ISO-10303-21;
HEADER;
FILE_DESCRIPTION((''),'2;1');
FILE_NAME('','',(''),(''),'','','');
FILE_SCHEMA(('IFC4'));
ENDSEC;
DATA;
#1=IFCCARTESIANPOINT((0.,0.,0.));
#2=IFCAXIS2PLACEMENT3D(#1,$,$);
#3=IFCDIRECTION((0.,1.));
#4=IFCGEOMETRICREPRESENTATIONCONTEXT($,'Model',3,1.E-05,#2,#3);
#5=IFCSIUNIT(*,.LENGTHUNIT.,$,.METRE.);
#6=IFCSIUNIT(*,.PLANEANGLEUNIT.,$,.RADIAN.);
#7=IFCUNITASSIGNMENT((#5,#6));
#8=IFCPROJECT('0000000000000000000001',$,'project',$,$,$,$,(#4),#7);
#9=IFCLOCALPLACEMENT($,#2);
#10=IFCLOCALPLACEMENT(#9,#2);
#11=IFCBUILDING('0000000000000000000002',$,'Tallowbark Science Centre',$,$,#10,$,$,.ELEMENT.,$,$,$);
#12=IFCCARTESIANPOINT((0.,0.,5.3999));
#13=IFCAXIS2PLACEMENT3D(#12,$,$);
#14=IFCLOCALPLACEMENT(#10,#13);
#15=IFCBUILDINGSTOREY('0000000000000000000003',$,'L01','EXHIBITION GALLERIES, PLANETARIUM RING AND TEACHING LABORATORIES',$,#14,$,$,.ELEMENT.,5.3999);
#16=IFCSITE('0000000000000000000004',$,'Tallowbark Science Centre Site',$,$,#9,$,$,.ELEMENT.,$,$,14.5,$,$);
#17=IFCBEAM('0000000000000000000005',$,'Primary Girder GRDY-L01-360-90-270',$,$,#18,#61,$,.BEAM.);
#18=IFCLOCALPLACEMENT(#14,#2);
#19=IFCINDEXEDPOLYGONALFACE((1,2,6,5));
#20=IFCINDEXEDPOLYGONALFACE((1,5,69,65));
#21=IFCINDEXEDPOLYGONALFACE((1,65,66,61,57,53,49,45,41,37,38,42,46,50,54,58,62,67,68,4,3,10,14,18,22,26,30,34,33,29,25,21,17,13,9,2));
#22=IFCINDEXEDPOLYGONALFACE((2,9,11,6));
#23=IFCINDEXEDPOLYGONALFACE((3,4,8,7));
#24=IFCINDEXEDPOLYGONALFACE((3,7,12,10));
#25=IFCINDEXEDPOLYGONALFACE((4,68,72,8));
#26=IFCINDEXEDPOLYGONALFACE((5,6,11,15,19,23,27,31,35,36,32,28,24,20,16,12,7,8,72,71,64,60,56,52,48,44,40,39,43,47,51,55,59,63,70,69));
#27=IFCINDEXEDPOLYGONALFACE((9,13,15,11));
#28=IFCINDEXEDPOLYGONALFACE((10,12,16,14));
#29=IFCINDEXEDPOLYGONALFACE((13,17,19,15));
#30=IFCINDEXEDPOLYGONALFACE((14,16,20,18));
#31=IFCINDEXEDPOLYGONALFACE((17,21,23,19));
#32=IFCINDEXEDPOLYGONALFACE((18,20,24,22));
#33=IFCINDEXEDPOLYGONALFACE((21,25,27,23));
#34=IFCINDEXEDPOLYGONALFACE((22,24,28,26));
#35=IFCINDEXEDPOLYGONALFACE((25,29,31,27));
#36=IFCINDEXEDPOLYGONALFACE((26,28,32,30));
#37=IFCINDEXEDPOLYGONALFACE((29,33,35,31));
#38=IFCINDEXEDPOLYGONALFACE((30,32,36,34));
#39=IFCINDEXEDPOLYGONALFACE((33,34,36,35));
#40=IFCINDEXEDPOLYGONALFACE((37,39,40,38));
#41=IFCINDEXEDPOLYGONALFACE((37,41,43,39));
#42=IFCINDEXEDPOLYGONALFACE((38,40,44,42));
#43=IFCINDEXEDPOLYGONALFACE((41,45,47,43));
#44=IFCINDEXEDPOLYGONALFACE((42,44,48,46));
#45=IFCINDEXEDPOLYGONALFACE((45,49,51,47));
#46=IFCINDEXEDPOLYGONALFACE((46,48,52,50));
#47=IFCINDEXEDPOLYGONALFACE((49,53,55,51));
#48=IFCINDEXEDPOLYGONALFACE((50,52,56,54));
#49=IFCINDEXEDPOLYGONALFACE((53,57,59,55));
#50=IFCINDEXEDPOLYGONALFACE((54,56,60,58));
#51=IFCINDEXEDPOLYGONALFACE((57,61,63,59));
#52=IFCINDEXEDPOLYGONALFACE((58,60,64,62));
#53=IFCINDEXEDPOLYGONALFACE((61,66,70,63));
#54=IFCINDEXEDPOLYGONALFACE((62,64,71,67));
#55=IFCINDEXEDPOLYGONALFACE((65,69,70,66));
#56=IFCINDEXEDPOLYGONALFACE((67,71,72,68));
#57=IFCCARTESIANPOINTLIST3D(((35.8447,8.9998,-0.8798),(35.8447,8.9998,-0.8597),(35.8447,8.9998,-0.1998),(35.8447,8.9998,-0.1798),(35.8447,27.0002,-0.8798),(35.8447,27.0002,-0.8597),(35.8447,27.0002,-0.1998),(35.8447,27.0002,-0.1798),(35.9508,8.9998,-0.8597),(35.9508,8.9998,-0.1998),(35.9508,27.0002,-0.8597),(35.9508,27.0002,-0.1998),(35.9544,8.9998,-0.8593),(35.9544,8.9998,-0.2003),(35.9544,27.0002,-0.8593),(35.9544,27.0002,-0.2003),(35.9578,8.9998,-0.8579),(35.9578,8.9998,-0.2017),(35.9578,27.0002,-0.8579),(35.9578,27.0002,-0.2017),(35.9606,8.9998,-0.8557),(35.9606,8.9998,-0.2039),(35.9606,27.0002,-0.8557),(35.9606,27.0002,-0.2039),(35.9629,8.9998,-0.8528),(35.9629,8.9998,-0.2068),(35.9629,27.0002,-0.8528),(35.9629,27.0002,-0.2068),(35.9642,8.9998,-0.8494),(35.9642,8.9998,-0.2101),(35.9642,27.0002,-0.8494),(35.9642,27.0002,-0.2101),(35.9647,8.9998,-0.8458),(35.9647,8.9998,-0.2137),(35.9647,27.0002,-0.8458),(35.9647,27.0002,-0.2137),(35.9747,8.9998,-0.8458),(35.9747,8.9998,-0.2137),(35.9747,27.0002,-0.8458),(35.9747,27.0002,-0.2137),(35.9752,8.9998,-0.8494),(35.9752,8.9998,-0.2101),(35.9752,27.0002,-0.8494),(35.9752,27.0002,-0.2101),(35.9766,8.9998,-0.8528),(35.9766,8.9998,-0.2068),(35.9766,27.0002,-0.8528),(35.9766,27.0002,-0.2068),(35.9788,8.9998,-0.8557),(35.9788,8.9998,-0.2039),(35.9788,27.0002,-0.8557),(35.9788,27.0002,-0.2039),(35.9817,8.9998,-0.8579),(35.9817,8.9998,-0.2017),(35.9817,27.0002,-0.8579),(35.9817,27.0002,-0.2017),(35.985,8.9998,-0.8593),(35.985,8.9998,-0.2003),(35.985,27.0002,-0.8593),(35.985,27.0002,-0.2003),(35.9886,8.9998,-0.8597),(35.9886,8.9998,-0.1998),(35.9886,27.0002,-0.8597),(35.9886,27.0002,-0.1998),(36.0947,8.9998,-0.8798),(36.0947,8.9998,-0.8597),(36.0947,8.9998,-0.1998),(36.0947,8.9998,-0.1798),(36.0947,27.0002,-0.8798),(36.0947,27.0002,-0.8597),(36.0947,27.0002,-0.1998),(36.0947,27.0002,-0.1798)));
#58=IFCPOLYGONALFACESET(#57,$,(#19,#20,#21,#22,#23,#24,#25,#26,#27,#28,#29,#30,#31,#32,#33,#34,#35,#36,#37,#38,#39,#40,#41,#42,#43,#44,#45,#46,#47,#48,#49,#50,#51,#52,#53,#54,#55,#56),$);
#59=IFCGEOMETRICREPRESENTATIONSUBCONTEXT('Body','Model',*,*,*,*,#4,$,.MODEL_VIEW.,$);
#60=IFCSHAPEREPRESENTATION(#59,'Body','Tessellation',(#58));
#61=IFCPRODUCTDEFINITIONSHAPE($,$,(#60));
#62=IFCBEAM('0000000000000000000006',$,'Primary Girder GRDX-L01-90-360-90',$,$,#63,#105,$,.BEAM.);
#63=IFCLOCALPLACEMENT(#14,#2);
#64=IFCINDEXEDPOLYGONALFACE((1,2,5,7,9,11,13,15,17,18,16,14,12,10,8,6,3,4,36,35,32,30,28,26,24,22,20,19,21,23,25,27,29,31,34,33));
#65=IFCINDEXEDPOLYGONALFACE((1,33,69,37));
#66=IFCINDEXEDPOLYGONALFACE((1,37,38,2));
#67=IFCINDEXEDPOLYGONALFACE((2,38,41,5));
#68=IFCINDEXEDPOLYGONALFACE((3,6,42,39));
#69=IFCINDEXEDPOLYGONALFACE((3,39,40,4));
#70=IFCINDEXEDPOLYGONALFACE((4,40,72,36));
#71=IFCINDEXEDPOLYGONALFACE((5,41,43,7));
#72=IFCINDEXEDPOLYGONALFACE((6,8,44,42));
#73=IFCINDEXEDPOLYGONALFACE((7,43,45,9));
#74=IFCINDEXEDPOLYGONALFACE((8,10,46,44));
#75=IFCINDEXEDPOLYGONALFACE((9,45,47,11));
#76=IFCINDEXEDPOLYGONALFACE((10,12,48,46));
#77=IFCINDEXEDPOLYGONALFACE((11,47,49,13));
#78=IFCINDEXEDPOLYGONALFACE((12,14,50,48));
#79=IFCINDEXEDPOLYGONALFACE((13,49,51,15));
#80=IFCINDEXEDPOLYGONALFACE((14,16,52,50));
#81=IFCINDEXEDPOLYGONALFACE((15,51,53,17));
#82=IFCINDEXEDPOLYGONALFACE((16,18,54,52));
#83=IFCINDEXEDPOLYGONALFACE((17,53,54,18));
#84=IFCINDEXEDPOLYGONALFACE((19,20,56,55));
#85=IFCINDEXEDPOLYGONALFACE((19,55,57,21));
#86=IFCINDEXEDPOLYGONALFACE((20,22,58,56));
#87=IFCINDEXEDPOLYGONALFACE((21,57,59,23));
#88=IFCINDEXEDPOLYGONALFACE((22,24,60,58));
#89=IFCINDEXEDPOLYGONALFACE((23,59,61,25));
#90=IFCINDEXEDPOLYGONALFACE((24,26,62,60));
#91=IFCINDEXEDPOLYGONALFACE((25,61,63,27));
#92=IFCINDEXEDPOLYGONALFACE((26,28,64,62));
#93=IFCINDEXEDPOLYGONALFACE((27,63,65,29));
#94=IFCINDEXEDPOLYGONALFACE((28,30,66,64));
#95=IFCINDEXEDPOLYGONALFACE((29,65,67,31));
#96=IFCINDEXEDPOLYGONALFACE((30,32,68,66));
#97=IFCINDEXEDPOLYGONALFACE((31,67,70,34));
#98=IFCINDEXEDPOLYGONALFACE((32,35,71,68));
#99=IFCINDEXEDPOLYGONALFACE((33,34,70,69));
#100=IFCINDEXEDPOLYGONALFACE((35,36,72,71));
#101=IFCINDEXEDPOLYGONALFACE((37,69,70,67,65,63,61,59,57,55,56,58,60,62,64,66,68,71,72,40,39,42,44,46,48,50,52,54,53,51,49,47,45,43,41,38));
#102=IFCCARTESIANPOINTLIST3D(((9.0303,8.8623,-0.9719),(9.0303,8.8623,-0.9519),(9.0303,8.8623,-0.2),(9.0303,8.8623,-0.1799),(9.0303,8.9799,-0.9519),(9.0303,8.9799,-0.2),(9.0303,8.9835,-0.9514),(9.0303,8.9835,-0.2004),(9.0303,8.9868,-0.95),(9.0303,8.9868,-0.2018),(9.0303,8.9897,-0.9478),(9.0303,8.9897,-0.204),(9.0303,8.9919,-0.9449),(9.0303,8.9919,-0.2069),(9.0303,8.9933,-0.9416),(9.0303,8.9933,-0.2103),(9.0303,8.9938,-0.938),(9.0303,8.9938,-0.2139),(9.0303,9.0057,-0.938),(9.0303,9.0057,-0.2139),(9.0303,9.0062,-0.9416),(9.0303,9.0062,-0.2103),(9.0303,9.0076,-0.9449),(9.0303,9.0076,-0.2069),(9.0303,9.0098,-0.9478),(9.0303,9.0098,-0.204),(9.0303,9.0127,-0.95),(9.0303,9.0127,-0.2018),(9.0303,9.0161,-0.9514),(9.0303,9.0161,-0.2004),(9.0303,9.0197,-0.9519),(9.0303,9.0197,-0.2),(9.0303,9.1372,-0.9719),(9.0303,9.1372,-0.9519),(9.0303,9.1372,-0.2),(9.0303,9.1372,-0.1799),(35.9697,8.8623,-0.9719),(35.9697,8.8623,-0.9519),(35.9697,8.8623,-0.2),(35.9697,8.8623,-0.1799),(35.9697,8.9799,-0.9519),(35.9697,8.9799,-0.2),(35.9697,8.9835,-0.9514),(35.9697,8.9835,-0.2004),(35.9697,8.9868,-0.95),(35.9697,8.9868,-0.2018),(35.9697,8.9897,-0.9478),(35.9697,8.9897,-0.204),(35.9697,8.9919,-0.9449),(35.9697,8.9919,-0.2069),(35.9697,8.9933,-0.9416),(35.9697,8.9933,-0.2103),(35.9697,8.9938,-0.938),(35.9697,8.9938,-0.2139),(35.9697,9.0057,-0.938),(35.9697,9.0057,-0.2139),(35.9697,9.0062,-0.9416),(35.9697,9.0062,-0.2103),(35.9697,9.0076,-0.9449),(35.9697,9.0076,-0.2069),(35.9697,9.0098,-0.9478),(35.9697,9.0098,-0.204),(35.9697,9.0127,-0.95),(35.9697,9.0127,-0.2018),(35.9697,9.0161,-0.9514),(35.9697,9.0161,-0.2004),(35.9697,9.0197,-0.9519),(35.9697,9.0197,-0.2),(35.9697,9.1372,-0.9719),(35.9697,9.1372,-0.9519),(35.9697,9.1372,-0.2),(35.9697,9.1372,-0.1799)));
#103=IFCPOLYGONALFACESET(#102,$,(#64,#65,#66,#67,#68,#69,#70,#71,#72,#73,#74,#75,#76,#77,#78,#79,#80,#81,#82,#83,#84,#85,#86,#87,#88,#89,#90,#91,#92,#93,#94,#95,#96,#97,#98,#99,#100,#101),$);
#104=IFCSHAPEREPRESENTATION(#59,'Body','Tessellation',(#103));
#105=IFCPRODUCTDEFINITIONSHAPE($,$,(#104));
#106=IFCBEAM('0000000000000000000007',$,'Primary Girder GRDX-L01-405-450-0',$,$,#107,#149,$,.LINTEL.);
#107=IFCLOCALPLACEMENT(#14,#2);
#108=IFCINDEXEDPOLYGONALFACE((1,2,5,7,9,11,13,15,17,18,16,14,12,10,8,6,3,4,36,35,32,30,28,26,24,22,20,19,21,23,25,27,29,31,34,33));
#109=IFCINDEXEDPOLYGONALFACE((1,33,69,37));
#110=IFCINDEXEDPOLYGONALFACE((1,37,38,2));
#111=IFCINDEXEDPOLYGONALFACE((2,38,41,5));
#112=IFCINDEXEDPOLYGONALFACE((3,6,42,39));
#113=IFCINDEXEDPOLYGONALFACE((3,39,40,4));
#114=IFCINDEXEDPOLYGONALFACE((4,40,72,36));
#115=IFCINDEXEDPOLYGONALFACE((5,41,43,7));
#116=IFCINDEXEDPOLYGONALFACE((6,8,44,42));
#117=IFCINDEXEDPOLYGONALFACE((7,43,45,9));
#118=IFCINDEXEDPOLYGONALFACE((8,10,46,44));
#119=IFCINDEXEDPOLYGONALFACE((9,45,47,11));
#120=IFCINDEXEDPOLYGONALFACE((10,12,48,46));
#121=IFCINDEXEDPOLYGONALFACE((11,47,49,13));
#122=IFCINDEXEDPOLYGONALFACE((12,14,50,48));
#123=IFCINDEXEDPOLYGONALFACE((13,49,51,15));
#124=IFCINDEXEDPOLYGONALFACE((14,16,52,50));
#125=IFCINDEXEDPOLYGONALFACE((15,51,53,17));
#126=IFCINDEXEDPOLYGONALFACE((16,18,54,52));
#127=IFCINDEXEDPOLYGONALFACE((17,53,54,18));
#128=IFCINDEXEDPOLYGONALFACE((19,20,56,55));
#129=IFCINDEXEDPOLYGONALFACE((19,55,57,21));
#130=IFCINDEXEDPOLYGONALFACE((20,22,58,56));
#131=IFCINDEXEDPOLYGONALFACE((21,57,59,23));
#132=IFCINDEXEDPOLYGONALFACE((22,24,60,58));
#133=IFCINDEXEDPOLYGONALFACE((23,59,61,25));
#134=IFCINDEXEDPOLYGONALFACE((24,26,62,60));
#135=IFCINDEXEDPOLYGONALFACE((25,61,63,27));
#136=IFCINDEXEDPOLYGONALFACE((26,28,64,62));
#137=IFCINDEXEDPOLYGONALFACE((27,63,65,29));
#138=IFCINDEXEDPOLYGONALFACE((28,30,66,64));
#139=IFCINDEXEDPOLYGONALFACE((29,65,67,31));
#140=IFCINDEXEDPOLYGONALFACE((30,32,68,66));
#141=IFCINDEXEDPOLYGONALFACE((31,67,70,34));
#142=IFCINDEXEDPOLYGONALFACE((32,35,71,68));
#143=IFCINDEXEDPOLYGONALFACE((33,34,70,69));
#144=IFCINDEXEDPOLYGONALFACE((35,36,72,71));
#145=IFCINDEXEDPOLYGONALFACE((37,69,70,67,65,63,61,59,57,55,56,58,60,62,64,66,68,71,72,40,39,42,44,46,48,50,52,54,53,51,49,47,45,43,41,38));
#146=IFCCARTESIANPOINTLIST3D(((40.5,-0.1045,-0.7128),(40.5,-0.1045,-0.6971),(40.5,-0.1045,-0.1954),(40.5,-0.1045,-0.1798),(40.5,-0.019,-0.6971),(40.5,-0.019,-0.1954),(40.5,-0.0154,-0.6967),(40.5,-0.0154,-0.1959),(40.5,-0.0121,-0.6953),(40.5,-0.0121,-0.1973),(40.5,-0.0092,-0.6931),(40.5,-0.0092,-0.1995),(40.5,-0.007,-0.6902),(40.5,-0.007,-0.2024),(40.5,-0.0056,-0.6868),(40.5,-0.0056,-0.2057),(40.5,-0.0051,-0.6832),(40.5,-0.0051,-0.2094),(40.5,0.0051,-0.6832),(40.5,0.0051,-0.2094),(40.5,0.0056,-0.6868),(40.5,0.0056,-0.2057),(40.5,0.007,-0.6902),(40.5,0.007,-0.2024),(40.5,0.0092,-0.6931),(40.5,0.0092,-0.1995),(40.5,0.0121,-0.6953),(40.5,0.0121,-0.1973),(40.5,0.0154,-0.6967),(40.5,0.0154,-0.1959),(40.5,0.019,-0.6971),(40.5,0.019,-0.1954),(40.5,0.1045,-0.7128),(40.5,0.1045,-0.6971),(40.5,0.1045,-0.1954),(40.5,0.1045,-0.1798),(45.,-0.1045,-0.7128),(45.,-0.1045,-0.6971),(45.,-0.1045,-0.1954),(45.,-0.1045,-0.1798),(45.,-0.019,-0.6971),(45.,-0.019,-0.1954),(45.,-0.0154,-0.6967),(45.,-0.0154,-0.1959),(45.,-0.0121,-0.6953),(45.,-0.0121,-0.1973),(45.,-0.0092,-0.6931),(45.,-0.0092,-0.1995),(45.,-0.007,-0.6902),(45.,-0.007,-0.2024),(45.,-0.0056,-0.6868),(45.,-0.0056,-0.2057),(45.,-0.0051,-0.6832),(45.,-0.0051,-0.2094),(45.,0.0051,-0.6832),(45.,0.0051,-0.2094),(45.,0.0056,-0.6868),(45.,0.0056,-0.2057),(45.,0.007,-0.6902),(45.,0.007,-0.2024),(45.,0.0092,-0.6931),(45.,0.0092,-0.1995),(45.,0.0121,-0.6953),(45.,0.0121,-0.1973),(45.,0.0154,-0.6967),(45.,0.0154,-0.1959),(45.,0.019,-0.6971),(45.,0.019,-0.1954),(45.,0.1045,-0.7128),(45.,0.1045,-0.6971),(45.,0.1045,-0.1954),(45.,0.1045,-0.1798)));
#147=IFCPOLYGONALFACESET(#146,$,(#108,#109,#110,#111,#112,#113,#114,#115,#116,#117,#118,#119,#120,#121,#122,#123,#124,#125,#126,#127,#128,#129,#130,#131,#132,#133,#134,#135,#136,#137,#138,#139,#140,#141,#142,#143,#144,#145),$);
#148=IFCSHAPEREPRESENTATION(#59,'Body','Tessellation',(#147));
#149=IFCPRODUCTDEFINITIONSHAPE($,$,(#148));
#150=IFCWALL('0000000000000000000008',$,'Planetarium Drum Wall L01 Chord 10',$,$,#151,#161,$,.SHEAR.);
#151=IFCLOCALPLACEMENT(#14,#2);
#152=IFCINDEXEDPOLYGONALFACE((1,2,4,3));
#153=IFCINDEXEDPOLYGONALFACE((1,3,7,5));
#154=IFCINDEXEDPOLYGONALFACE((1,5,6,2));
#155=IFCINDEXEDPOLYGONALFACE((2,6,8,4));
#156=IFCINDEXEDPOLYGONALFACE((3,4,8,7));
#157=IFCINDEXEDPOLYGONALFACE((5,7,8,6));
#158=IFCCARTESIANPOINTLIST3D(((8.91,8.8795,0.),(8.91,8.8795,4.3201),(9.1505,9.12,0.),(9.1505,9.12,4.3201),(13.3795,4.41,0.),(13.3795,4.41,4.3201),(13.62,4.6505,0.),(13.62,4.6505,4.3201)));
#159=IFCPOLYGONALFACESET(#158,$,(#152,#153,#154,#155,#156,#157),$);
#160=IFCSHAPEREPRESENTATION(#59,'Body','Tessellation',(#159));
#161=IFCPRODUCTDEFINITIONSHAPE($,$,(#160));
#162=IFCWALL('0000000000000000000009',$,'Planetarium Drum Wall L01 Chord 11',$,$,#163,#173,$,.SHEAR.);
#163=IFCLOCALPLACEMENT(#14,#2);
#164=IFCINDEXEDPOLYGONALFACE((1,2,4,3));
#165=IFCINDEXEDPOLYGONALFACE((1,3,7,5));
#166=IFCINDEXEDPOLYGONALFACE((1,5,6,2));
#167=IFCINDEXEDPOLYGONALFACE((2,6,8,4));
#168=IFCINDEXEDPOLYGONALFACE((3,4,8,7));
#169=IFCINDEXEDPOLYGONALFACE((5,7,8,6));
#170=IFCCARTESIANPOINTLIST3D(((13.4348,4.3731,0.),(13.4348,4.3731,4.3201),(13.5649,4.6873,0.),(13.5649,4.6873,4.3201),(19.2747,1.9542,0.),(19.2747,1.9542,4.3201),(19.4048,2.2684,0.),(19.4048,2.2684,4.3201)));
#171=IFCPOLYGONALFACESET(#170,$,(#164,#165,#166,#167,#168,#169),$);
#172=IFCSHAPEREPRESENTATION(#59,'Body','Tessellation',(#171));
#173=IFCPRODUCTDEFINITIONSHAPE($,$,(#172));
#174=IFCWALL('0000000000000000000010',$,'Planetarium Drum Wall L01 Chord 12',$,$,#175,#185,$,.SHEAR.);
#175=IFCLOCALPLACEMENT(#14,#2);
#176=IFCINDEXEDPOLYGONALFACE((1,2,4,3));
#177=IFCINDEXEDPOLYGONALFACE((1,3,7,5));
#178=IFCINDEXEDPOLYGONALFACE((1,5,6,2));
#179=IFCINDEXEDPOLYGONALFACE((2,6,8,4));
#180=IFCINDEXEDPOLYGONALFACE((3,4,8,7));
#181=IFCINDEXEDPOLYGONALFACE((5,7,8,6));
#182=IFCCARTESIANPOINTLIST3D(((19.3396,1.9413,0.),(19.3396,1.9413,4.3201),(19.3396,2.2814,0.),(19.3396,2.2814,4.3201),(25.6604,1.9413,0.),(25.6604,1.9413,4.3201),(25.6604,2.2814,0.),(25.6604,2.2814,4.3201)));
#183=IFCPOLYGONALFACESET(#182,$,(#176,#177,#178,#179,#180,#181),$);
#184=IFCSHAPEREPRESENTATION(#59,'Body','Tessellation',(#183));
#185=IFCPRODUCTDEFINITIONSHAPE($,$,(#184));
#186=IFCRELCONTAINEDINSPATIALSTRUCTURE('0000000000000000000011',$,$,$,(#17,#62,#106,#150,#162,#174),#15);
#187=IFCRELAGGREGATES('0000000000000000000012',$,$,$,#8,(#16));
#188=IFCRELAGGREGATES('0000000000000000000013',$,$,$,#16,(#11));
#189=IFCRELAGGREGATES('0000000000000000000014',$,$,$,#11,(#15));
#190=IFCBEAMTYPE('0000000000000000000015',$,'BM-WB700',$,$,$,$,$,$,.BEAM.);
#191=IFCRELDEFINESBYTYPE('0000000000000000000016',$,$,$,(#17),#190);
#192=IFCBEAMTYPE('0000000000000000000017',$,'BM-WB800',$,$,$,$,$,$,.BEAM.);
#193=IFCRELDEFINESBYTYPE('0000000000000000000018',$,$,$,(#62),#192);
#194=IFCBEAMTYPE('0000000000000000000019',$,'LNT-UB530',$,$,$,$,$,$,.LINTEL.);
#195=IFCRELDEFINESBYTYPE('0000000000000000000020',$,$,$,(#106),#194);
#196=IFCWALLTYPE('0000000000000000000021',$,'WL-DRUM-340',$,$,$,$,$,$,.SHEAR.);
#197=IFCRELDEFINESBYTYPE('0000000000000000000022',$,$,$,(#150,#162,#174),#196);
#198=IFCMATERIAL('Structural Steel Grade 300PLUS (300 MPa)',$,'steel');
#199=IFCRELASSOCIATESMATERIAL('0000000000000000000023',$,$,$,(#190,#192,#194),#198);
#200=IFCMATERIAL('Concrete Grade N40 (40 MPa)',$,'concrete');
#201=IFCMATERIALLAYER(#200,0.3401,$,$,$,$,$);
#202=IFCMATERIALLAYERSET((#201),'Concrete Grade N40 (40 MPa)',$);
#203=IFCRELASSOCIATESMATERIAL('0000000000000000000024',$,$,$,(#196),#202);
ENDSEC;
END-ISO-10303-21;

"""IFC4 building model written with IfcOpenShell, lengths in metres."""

from ifc_helpers import new_model, si_unit, direction, frame, frame_2d, origin, origin_2d, place, context, subcontext, project, spatial, rectangle, i_section, extrude, material, layer, layer_set, material_profile, profile_set, type_object, element, save


model = new_model("IFC4")

# Units and contexts
model_context = context("Model", 3, precision=1e-05, world=origin(), true_north=direction((0.0, 1.0)))
body_context = subcontext(model_context, "Body", "Model", "MODEL_VIEW")
ifc_project = project(units=[si_unit("LENGTHUNIT", "METRE"), si_unit("PLANEANGLEUNIT", "RADIAN")], contexts=[model_context])

# Site, building, storey
site_placement = place(None, origin())
site = spatial("IfcSite", under=ifc_project, at=site_placement, Name="Tallowbark Science Centre Site", CompositionType="ELEMENT", RefElevation=14.5)
building_placement = place(site_placement, origin())
building = spatial("IfcBuilding", under=site, at=building_placement, Name="Tallowbark Science Centre", CompositionType="ELEMENT")
storey_placement = place(building_placement, frame((0.0, 0.0, 5.3999)))
storey = spatial("IfcBuildingStorey", under=building, at=storey_placement, Name="L01", Description="EXHIBITION GALLERIES, PLANETARIUM RING AND TEACHING LABORATORIES", CompositionType="ELEMENT", Elevation=5.3999)

# Shared definitions
ifc_material_1 = material(Name="Structural Steel Grade 300PLUS (300 MPa)", Category="steel")

# Beams
ifc_material_profile_1 = material_profile(ifc_material_1, i_section(OverallWidth=0.25, OverallDepth=0.7, WebThickness=0.01, FlangeThickness=0.02, FilletRadius=0.0139, at=origin_2d()), Name="700WB130")
ifc_profile_set_1 = profile_set([ifc_material_profile_1], Name="Structural Steel Grade 300PLUS (300 MPa)")
beam_type_1 = type_object("IfcBeamType", Name="BM-WB700", PredefinedType="BEAM", material=ifc_profile_set_1)
beam_1_placement = place(storey_placement, frame((35.9697, 8.9998, -0.5298), z_axis=(0.0, 1.0, 0.0), x_axis=(-1.0, 0.0, 0.0)))
element("IfcBeam", 1, at=beam_1_placement, inside=storey, type_object=beam_type_1, Name="Primary Girder GRDY-L01-360-90-270", PredefinedType="BEAM", context=body_context, shape_type="SweptSolid", body=[
    extrude(i_section(OverallWidth=0.25, OverallDepth=0.7, WebThickness=0.01, FlangeThickness=0.02, FilletRadius=0.0139, at=origin_2d()), origin(), (0.0, 0.0, 1.0), 18.0005),
])
ifc_material_profile_2 = material_profile(ifc_material_1, i_section(OverallWidth=0.2749, OverallDepth=0.792, WebThickness=0.012, FlangeThickness=0.02, FilletRadius=0.0139, at=origin_2d()), Name="800WB146")
ifc_profile_set_2 = profile_set([ifc_material_profile_2], Name="Structural Steel Grade 300PLUS (300 MPa)")
beam_type_2 = type_object("IfcBeamType", Name="BM-WB800", PredefinedType="BEAM", material=ifc_profile_set_2)
beam_2_placement = place(storey_placement, frame((9.0303, 8.9998, -0.5759), z_axis=(1.0, 0.0, 0.0), x_axis=(0.0, 1.0, 0.0)))
element("IfcBeam", 2, at=beam_2_placement, inside=storey, type_object=beam_type_2, Name="Primary Girder GRDX-L01-90-360-90", PredefinedType="BEAM", context=body_context, shape_type="SweptSolid", body=[
    extrude(i_section(OverallWidth=0.2749, OverallDepth=0.792, WebThickness=0.012, FlangeThickness=0.02, FilletRadius=0.0139, at=origin_2d()), origin(), (0.0, 0.0, 1.0), 26.9395),
])
ifc_material_profile_3 = material_profile(ifc_material_1, i_section(OverallWidth=0.209, OverallDepth=0.533, WebThickness=0.0103, FlangeThickness=0.0156, FilletRadius=0.0139, at=origin_2d()), Name="530UB92.4")
ifc_profile_set_3 = profile_set([ifc_material_profile_3], Name="Structural Steel Grade 300PLUS (300 MPa)")
beam_type_3 = type_object("IfcBeamType", Name="LNT-UB530", PredefinedType="LINTEL", material=ifc_profile_set_3)
beam_3_placement = place(storey_placement, frame((40.5, 0.0, -0.4463), z_axis=(1.0, 0.0, 0.0), x_axis=(0.0, 1.0, 0.0)))
element("IfcBeam", 3, at=beam_3_placement, inside=storey, type_object=beam_type_3, Name="Primary Girder GRDX-L01-405-450-0", PredefinedType="LINTEL", context=body_context, shape_type="SweptSolid", body=[
    extrude(i_section(OverallWidth=0.209, OverallDepth=0.533, WebThickness=0.0103, FlangeThickness=0.0156, FilletRadius=0.0139, at=origin_2d()), origin(), (0.0, 0.0, 1.0), 4.5),
])

# Walls
ifc_material_2 = material(Name="Concrete Grade N40 (40 MPa)", Category="concrete")
ifc_layer_1 = layer(ifc_material_2, 0.3401)
ifc_layer_set_1 = layer_set([ifc_layer_1], Name="Concrete Grade N40 (40 MPa)")
wall_type = type_object("IfcWallType", Name="WL-DRUM-340", PredefinedType="SHEAR", material=ifc_layer_set_1)
wall_1_placement = place(storey_placement, frame((9.0303, 8.9998, 0.0), z_axis=(0.0, 0.0, 1.0), x_axis=(0.707107, -0.707107, 0.0)))
element("IfcWall", 4, at=wall_1_placement, inside=storey, type_object=wall_type, Name="Planetarium Drum Wall L01 Chord 10", PredefinedType="SHEAR", context=body_context, shape_type="SweptSolid", body=[
    extrude(rectangle(XDim=6.3208, YDim=0.3401, at=frame_2d((3.1604, 0.0))), origin(), (0.0, 0.0, 1.0), 4.3201),
])
wall_2_placement = place(storey_placement, frame((13.4998, 4.5303, 0.0), z_axis=(0.0, 0.0, 1.0), x_axis=(0.923879, -0.382684, 0.0)))
element("IfcWall", 5, at=wall_2_placement, inside=storey, type_object=wall_type, Name="Planetarium Drum Wall L01 Chord 11", PredefinedType="SHEAR", context=body_context, shape_type="SweptSolid", body=[
    extrude(rectangle(XDim=6.321, YDim=0.3401, at=frame_2d((3.1606, 0.0))), origin(), (0.0, 0.0, 1.0), 4.3201),
])
wall_3_placement = place(storey_placement, frame((19.3396, 2.1113, 0.0), z_axis=(0.0, 0.0, 1.0), x_axis=(1.0, 0.0, 0.0)))
element("IfcWall", 6, at=wall_3_placement, inside=storey, type_object=wall_type, Name="Planetarium Drum Wall L01 Chord 12", PredefinedType="SHEAR", context=body_context, shape_type="SweptSolid", body=[
    extrude(rectangle(XDim=6.3208, YDim=0.3401, at=frame_2d((3.1604, 0.0))), origin(), (0.0, 0.0, 1.0), 4.3201),
])

save(model, "model.ifc")
